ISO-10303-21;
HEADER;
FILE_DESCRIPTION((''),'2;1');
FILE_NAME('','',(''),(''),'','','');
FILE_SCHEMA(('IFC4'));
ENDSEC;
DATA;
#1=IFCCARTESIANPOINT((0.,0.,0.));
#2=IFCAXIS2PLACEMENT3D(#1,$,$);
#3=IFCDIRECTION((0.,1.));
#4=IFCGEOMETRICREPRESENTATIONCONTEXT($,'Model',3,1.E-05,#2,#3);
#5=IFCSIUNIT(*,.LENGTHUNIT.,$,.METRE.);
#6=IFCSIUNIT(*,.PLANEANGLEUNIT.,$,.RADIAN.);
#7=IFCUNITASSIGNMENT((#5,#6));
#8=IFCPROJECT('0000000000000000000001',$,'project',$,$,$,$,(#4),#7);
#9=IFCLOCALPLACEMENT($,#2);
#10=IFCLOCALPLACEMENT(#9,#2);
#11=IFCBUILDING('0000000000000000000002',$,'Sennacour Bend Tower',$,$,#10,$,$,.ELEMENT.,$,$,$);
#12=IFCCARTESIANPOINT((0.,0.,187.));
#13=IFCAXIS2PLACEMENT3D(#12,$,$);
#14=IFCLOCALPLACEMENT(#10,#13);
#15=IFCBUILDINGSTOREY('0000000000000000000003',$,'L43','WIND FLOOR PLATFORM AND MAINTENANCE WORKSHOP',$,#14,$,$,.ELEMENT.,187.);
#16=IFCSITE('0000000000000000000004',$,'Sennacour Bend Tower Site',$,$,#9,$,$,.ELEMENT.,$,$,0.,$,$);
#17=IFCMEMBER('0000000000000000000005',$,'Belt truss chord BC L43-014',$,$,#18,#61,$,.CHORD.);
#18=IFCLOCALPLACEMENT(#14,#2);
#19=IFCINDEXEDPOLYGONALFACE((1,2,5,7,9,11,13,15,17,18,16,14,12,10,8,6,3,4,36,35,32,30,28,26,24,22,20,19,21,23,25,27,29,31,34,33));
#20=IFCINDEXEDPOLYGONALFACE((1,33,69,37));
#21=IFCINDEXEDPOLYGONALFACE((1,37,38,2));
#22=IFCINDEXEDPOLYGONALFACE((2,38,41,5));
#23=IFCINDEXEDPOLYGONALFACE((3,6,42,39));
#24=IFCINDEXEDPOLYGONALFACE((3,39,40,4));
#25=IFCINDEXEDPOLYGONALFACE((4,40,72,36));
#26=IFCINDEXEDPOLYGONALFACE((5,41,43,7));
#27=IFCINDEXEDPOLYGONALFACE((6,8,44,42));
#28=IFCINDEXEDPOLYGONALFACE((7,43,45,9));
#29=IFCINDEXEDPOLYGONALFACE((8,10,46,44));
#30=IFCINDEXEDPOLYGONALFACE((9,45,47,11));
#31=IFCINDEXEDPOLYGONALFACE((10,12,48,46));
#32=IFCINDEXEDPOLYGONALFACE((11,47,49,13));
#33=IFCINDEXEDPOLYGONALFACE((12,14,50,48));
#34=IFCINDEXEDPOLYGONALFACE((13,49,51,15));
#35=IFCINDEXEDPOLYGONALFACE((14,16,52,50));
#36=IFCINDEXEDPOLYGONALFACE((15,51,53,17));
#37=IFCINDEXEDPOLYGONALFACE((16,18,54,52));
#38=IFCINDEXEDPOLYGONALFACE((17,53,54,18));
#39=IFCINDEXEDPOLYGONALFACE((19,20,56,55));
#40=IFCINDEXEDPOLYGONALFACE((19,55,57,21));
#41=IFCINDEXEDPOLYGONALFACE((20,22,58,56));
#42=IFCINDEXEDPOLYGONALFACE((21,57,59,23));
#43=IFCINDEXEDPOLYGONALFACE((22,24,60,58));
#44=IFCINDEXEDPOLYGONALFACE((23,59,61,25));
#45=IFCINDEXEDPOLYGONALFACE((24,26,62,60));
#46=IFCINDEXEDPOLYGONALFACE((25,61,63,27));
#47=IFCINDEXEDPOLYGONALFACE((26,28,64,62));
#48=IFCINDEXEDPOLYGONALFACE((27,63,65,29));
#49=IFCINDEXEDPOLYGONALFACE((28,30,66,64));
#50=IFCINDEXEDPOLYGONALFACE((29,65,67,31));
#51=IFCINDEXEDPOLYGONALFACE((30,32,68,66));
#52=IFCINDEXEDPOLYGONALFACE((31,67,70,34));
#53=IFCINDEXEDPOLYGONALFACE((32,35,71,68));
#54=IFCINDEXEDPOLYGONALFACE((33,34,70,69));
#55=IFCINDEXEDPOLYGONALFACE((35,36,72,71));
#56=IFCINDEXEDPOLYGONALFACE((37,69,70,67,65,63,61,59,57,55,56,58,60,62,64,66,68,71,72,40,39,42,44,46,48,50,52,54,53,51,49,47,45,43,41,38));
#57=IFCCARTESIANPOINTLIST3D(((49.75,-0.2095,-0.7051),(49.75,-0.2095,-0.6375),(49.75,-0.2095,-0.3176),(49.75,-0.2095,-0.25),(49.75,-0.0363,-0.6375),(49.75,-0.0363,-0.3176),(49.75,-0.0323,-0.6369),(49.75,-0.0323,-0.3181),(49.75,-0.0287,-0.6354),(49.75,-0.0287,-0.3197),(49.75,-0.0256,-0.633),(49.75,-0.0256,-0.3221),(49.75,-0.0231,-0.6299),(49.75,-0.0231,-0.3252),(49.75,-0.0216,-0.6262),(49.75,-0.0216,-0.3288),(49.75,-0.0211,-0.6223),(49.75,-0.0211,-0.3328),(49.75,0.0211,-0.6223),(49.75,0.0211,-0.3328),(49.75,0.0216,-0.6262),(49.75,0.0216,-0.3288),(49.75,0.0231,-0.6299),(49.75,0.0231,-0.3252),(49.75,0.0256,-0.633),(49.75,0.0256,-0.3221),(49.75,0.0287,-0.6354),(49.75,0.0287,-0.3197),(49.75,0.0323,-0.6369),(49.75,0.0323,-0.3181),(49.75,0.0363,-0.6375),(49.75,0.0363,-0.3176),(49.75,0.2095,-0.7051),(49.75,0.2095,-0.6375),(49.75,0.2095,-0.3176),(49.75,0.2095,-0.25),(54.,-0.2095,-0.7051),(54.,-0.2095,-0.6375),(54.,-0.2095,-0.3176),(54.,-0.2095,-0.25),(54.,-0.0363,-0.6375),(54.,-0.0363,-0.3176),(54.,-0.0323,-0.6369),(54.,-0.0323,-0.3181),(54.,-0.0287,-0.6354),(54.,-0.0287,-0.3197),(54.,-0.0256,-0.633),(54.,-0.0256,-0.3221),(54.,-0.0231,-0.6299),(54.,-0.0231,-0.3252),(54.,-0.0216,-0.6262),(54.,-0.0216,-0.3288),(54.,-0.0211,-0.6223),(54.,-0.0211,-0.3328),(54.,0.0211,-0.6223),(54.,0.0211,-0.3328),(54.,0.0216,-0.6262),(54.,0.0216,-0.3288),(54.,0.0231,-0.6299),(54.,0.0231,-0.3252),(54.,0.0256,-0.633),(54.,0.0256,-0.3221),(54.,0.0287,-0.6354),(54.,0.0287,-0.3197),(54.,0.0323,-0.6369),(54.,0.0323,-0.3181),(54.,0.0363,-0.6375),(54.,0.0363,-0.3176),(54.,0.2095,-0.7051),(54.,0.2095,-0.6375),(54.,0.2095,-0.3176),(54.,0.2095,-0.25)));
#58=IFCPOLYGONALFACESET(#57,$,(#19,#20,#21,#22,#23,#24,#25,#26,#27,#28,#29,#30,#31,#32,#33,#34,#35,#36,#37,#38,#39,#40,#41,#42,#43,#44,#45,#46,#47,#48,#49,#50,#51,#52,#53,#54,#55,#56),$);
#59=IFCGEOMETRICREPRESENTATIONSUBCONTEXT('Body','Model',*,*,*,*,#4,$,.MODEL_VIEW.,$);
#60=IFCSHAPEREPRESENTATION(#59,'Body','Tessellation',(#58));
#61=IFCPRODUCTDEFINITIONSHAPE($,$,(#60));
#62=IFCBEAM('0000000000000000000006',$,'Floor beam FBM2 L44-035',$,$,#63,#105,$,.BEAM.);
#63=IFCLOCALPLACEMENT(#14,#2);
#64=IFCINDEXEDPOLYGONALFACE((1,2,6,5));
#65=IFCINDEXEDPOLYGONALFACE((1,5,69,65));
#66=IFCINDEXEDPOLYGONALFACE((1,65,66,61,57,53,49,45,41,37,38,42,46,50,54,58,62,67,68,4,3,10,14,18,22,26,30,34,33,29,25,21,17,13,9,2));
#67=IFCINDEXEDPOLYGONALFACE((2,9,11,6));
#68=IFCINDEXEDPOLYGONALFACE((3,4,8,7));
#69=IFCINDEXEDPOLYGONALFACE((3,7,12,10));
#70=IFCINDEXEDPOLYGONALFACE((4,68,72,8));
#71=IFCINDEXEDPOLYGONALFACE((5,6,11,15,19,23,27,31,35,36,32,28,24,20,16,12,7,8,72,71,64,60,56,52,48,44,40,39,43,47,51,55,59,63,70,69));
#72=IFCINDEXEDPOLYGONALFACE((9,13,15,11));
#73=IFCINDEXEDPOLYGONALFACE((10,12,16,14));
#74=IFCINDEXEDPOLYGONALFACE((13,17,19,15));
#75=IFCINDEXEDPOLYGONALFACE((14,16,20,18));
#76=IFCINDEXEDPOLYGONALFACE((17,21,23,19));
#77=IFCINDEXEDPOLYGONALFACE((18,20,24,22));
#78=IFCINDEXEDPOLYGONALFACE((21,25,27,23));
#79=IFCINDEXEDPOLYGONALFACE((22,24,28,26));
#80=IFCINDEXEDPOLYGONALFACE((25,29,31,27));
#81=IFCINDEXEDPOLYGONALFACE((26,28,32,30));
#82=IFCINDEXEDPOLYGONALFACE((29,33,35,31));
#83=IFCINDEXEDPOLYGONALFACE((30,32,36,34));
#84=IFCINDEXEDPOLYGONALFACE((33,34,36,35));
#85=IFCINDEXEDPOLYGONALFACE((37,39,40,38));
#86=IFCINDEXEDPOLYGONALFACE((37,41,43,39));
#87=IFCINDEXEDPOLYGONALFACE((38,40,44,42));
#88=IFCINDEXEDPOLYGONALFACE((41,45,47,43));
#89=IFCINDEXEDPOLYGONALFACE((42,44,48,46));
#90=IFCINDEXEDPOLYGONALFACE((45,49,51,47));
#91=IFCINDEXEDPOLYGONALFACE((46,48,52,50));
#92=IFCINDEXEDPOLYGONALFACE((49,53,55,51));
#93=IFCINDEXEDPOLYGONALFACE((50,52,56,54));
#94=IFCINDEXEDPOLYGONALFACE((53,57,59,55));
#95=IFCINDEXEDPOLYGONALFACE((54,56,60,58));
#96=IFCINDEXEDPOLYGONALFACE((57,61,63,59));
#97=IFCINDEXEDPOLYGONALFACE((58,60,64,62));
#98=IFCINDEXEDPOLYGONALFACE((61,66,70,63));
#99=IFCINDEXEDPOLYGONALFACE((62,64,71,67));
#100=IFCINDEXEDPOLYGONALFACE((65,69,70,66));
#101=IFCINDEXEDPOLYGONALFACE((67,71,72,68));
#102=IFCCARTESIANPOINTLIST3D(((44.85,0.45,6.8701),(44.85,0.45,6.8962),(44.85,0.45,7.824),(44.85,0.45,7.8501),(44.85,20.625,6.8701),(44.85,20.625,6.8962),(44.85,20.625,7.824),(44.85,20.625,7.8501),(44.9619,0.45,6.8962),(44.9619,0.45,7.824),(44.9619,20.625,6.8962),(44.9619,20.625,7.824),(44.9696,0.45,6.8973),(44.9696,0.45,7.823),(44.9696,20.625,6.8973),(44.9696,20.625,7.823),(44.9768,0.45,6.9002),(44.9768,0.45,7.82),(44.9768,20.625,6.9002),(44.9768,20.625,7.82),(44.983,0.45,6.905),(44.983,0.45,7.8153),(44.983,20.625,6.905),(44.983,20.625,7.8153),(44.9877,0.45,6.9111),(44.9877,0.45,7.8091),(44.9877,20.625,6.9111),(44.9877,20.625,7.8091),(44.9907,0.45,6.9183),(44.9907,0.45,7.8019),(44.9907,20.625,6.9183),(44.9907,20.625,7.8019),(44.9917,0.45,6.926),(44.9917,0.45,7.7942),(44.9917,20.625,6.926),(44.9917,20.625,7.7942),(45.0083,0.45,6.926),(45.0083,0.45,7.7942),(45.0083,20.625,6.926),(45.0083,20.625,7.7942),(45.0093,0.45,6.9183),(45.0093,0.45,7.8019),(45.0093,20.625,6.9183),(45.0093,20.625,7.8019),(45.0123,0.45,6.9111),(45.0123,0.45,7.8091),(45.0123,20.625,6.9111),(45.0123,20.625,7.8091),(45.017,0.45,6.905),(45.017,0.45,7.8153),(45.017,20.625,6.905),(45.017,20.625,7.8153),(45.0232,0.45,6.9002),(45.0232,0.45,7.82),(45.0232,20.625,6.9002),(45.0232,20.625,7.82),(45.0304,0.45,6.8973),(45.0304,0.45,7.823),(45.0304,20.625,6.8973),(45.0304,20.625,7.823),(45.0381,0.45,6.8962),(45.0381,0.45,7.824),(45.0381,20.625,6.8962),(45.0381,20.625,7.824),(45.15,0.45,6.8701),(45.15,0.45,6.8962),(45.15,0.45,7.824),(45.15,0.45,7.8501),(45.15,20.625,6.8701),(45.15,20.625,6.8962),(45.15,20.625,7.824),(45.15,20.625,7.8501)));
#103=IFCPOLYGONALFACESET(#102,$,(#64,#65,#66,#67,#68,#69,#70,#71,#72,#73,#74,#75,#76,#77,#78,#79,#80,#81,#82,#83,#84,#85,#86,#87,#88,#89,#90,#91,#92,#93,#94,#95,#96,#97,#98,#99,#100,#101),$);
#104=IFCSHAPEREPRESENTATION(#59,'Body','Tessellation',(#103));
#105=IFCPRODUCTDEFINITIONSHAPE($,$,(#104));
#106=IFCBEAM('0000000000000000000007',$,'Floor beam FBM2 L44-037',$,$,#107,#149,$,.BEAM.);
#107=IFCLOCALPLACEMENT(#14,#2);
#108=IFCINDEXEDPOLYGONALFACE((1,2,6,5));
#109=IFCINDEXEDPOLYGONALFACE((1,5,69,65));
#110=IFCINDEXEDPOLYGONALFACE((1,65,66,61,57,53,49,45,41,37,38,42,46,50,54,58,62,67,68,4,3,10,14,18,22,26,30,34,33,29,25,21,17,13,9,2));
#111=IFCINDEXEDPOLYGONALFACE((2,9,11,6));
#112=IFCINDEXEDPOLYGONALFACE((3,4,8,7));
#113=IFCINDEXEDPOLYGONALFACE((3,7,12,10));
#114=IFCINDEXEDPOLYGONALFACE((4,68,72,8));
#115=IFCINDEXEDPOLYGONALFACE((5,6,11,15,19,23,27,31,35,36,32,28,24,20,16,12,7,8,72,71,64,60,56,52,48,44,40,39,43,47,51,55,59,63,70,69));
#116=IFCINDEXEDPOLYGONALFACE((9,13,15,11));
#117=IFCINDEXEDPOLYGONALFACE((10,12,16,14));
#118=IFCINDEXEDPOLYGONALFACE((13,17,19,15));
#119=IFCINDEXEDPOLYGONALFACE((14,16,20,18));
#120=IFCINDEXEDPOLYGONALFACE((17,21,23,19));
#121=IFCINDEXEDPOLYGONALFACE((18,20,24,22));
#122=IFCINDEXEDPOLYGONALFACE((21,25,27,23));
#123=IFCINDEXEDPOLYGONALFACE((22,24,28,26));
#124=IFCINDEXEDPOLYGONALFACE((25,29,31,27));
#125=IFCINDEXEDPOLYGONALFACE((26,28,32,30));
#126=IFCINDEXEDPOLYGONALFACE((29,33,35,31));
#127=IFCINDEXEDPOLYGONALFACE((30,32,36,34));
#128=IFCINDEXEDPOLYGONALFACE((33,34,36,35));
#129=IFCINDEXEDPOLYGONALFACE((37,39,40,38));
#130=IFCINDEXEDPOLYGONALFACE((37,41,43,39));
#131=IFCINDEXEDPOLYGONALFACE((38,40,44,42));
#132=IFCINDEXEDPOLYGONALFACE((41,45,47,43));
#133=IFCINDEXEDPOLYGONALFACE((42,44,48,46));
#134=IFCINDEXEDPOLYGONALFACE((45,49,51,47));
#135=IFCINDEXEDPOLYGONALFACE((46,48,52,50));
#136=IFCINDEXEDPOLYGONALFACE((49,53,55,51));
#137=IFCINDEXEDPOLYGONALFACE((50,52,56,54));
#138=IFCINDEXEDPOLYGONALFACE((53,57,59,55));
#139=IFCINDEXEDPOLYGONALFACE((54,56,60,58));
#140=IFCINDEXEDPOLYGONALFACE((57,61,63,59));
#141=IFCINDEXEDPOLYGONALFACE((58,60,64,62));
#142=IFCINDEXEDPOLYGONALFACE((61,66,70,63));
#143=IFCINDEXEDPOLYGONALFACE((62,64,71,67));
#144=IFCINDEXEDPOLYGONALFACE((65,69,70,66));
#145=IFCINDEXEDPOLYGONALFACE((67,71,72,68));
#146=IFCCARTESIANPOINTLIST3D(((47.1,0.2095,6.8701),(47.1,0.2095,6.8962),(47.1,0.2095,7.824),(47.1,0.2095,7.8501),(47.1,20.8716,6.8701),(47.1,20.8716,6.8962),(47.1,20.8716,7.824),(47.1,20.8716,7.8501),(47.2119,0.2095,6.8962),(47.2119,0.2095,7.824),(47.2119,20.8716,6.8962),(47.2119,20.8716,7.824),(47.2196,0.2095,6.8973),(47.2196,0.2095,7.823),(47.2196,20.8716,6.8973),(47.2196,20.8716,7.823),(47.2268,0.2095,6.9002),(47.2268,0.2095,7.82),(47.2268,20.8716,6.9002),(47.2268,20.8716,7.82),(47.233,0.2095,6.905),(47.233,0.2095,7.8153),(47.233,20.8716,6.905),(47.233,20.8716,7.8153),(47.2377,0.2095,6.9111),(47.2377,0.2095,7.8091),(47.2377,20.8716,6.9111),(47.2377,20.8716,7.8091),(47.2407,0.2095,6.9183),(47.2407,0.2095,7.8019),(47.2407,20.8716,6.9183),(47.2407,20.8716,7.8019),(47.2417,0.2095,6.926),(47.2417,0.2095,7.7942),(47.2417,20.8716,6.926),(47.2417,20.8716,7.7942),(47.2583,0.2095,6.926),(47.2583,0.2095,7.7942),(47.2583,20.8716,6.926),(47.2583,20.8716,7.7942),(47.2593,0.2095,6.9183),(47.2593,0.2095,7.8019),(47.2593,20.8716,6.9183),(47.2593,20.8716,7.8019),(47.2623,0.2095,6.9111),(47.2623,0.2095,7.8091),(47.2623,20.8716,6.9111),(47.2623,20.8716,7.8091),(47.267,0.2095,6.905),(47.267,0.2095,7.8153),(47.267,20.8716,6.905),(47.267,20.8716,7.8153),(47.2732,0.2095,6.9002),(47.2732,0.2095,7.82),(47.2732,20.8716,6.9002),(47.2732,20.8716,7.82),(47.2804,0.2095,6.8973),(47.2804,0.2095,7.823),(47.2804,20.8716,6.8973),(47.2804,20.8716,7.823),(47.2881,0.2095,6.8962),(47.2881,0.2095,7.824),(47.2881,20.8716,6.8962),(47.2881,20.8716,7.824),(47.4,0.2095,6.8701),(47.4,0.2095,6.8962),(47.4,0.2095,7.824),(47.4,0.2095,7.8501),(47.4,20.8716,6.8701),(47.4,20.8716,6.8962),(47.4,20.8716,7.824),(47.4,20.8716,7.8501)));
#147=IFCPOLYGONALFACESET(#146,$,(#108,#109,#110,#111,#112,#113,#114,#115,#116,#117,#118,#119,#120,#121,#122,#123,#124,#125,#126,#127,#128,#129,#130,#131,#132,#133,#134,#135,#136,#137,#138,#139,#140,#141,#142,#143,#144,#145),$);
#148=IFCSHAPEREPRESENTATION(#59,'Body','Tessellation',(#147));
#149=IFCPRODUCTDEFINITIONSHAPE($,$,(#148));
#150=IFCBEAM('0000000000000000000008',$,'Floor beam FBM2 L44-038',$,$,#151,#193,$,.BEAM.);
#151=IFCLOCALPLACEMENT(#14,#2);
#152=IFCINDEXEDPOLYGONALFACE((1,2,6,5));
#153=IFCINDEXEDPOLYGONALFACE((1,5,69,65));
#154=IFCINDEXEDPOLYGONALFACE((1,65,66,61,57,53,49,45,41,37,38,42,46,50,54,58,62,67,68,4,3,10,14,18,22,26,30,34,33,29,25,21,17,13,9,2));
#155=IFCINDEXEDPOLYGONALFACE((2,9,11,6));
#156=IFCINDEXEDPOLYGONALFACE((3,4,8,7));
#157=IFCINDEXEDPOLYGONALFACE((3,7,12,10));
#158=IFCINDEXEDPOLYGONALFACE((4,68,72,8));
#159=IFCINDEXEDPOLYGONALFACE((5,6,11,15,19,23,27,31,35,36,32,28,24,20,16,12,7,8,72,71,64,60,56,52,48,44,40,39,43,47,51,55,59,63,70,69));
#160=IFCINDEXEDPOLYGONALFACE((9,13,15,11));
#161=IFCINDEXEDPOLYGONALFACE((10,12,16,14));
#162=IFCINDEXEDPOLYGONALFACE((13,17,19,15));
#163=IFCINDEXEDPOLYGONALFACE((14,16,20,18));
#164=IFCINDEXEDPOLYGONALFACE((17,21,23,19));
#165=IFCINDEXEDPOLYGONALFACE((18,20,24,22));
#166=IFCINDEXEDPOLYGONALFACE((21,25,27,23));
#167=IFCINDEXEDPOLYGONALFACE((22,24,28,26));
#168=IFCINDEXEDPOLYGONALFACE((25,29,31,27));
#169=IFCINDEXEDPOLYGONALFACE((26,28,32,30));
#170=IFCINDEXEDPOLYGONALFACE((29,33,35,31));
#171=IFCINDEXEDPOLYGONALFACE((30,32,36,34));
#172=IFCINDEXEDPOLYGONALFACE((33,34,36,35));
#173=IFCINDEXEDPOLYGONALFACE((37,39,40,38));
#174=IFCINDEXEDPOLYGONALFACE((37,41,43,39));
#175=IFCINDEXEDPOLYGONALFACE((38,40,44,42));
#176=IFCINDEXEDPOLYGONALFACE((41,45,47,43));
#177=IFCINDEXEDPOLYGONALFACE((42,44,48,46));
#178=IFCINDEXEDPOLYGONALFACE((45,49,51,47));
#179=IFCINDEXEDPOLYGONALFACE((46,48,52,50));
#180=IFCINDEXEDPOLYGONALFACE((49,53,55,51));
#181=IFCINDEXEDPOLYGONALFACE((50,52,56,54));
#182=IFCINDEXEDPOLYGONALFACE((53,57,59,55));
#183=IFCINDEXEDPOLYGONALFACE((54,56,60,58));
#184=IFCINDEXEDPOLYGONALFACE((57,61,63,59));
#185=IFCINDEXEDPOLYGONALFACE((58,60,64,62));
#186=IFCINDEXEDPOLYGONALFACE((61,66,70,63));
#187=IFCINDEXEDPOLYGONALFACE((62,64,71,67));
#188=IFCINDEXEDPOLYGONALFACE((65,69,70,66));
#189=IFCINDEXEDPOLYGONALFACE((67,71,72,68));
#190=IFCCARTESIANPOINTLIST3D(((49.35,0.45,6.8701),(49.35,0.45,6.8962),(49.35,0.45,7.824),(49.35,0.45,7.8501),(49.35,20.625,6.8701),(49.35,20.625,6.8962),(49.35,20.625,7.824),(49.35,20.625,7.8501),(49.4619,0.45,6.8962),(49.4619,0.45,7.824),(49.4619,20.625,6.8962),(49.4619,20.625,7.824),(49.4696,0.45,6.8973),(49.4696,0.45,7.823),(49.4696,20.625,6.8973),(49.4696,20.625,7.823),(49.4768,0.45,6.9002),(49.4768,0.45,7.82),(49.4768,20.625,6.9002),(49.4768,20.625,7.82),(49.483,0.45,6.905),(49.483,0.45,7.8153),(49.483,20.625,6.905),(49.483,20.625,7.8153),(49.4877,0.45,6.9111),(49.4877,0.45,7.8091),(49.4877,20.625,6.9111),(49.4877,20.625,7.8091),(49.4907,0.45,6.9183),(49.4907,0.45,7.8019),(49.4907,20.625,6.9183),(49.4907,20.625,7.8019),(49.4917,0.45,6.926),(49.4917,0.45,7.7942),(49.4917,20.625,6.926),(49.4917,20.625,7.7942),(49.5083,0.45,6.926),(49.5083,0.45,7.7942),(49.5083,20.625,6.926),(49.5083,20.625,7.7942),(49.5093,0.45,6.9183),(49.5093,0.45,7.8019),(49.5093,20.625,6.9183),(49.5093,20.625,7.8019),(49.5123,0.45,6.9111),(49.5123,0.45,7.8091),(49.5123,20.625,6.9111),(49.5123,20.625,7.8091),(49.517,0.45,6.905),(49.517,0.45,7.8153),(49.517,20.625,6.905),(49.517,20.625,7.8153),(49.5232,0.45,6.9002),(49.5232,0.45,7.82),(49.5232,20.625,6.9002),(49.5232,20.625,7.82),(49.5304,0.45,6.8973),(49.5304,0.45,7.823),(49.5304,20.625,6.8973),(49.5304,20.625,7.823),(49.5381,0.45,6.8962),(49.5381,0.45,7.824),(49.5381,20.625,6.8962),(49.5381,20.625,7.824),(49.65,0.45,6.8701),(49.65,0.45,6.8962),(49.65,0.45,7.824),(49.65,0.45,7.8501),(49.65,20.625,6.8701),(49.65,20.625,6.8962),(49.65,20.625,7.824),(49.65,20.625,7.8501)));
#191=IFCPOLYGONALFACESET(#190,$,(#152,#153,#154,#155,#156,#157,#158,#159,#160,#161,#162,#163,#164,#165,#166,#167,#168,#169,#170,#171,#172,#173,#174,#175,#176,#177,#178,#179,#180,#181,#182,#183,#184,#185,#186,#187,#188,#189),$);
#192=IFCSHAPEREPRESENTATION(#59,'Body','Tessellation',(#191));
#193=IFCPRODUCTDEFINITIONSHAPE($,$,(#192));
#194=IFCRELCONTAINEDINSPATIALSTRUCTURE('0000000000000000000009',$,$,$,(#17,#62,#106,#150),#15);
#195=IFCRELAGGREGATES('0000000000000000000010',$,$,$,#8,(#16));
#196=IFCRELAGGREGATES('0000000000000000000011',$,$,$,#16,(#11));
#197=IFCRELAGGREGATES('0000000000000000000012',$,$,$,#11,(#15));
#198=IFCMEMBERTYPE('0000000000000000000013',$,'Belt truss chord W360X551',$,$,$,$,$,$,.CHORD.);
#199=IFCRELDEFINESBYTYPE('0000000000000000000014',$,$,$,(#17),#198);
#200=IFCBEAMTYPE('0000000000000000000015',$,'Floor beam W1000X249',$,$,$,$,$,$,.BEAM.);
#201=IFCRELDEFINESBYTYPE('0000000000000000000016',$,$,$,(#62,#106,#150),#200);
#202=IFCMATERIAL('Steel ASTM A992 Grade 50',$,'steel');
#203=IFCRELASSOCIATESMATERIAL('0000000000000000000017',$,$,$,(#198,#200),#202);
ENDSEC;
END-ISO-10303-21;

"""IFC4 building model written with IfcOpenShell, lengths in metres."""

from ifc_helpers import new_model, si_unit, direction, frame, origin, origin_2d, place, context, subcontext, project, spatial, i_section, extrude, material, material_profile, profile_set, type_object, element, save


model = new_model("IFC4")

# Units and contexts
model_context = context("Model", 3, precision=1e-05, world=origin(), true_north=direction((0.0, 1.0)))
body_context = subcontext(model_context, "Body", "Model", "MODEL_VIEW")
ifc_project = project(units=[si_unit("LENGTHUNIT", "METRE"), si_unit("PLANEANGLEUNIT", "RADIAN")], contexts=[model_context])

# Site, building, storey
site_placement = place(None, origin())
site = spatial("IfcSite", under=ifc_project, at=site_placement, Name="Sennacour Bend Tower Site", CompositionType="ELEMENT", RefElevation=0.0)
building_placement = place(site_placement, origin())
building = spatial("IfcBuilding", under=site, at=building_placement, Name="Sennacour Bend Tower", CompositionType="ELEMENT")
storey_placement = place(building_placement, frame((0.0, 0.0, 187.0)))
storey = spatial("IfcBuildingStorey", under=building, at=storey_placement, Name="L43", Description="WIND FLOOR PLATFORM AND MAINTENANCE WORKSHOP", CompositionType="ELEMENT", Elevation=187.0)

# Member
ifc_material_1 = material(Name="Steel ASTM A992 Grade 50", Category="steel")
ifc_material_profile_1 = material_profile(ifc_material_1, i_section(OverallWidth=0.4189, OverallDepth=0.4551, WebThickness=0.0422, FlangeThickness=0.0676, FilletRadius=0.0151, at=origin_2d()), Name="Steel ASTM A992 Grade 50", Category="steel")
ifc_profile_set_1 = profile_set([ifc_material_profile_1], Name="Steel ASTM A992 Grade 50")
member_type = type_object("IfcMemberType", Name="Belt truss chord W360X551", PredefinedType="CHORD", material=ifc_profile_set_1)
member_placement = place(storey_placement, frame((54.0, 0.0, -0.4775), z_axis=(-1.0, 0.0, 0.0), x_axis=(0.0, -1.0, 0.0)))
element("IfcMember", 1, at=member_placement, inside=storey, type_object=member_type, Name="Belt truss chord BC L43-014", PredefinedType="CHORD", context=body_context, shape_type="SweptSolid", body=[
    extrude(i_section(OverallWidth=0.4189, OverallDepth=0.4551, WebThickness=0.0422, FlangeThickness=0.0676, FilletRadius=0.0151, at=origin_2d()), origin(), (0.0, 0.0, 1.0), 4.25),
])

# Beams
ifc_material_profile_2 = material_profile(ifc_material_1, i_section(OverallWidth=0.3, OverallDepth=0.98, WebThickness=0.0166, FlangeThickness=0.0261, FilletRadius=0.0298, at=origin_2d()), Name="Steel ASTM A992 Grade 50", Category="steel")
ifc_profile_set_2 = profile_set([ifc_material_profile_2], Name="Steel ASTM A992 Grade 50")
beam_type_1 = type_object("IfcBeamType", Name="Floor beam W1000X249", PredefinedType="BEAM", material=ifc_profile_set_2)
beam_1_placement = place(storey_placement, frame((45.0, 0.45, 7.3601), z_axis=(0.0, 1.0, 0.0), x_axis=(-1.0, 0.0, 0.0)))
element("IfcBeam", 2, at=beam_1_placement, inside=storey, type_object=beam_type_1, Name="Floor beam FBM2 L44-035", PredefinedType="BEAM", context=body_context, shape_type="SweptSolid", body=[
    extrude(i_section(OverallWidth=0.3, OverallDepth=0.98, WebThickness=0.0166, FlangeThickness=0.0261, FilletRadius=0.0298, at=origin_2d()), origin(), (0.0, 0.0, 1.0), 20.175),
])
beam_2_placement = place(storey_placement, frame((47.25, 0.2095, 7.3601), z_axis=(0.0, 1.0, 0.0), x_axis=(-1.0, 0.0, 0.0)))
element("IfcBeam", 3, at=beam_2_placement, inside=storey, type_object=beam_type_1, Name="Floor beam FBM2 L44-037", PredefinedType="BEAM", context=body_context, shape_type="SweptSolid", body=[
    extrude(i_section(OverallWidth=0.3, OverallDepth=0.98, WebThickness=0.0166, FlangeThickness=0.0261, FilletRadius=0.0298, at=origin_2d()), origin(), (0.0, 0.0, 1.0), 20.6621),
])
beam_3_placement = place(storey_placement, frame((49.5, 0.45, 7.3601), z_axis=(0.0, 1.0, 0.0), x_axis=(-1.0, 0.0, 0.0)))
element("IfcBeam", 4, at=beam_3_placement, inside=storey, type_object=beam_type_1, Name="Floor beam FBM2 L44-038", PredefinedType="BEAM", context=body_context, shape_type="SweptSolid", body=[
    extrude(i_section(OverallWidth=0.3, OverallDepth=0.98, WebThickness=0.0166, FlangeThickness=0.0261, FilletRadius=0.0298, at=origin_2d()), origin(), (0.0, 0.0, 1.0), 20.175),
])

save(model, "model.ifc")
